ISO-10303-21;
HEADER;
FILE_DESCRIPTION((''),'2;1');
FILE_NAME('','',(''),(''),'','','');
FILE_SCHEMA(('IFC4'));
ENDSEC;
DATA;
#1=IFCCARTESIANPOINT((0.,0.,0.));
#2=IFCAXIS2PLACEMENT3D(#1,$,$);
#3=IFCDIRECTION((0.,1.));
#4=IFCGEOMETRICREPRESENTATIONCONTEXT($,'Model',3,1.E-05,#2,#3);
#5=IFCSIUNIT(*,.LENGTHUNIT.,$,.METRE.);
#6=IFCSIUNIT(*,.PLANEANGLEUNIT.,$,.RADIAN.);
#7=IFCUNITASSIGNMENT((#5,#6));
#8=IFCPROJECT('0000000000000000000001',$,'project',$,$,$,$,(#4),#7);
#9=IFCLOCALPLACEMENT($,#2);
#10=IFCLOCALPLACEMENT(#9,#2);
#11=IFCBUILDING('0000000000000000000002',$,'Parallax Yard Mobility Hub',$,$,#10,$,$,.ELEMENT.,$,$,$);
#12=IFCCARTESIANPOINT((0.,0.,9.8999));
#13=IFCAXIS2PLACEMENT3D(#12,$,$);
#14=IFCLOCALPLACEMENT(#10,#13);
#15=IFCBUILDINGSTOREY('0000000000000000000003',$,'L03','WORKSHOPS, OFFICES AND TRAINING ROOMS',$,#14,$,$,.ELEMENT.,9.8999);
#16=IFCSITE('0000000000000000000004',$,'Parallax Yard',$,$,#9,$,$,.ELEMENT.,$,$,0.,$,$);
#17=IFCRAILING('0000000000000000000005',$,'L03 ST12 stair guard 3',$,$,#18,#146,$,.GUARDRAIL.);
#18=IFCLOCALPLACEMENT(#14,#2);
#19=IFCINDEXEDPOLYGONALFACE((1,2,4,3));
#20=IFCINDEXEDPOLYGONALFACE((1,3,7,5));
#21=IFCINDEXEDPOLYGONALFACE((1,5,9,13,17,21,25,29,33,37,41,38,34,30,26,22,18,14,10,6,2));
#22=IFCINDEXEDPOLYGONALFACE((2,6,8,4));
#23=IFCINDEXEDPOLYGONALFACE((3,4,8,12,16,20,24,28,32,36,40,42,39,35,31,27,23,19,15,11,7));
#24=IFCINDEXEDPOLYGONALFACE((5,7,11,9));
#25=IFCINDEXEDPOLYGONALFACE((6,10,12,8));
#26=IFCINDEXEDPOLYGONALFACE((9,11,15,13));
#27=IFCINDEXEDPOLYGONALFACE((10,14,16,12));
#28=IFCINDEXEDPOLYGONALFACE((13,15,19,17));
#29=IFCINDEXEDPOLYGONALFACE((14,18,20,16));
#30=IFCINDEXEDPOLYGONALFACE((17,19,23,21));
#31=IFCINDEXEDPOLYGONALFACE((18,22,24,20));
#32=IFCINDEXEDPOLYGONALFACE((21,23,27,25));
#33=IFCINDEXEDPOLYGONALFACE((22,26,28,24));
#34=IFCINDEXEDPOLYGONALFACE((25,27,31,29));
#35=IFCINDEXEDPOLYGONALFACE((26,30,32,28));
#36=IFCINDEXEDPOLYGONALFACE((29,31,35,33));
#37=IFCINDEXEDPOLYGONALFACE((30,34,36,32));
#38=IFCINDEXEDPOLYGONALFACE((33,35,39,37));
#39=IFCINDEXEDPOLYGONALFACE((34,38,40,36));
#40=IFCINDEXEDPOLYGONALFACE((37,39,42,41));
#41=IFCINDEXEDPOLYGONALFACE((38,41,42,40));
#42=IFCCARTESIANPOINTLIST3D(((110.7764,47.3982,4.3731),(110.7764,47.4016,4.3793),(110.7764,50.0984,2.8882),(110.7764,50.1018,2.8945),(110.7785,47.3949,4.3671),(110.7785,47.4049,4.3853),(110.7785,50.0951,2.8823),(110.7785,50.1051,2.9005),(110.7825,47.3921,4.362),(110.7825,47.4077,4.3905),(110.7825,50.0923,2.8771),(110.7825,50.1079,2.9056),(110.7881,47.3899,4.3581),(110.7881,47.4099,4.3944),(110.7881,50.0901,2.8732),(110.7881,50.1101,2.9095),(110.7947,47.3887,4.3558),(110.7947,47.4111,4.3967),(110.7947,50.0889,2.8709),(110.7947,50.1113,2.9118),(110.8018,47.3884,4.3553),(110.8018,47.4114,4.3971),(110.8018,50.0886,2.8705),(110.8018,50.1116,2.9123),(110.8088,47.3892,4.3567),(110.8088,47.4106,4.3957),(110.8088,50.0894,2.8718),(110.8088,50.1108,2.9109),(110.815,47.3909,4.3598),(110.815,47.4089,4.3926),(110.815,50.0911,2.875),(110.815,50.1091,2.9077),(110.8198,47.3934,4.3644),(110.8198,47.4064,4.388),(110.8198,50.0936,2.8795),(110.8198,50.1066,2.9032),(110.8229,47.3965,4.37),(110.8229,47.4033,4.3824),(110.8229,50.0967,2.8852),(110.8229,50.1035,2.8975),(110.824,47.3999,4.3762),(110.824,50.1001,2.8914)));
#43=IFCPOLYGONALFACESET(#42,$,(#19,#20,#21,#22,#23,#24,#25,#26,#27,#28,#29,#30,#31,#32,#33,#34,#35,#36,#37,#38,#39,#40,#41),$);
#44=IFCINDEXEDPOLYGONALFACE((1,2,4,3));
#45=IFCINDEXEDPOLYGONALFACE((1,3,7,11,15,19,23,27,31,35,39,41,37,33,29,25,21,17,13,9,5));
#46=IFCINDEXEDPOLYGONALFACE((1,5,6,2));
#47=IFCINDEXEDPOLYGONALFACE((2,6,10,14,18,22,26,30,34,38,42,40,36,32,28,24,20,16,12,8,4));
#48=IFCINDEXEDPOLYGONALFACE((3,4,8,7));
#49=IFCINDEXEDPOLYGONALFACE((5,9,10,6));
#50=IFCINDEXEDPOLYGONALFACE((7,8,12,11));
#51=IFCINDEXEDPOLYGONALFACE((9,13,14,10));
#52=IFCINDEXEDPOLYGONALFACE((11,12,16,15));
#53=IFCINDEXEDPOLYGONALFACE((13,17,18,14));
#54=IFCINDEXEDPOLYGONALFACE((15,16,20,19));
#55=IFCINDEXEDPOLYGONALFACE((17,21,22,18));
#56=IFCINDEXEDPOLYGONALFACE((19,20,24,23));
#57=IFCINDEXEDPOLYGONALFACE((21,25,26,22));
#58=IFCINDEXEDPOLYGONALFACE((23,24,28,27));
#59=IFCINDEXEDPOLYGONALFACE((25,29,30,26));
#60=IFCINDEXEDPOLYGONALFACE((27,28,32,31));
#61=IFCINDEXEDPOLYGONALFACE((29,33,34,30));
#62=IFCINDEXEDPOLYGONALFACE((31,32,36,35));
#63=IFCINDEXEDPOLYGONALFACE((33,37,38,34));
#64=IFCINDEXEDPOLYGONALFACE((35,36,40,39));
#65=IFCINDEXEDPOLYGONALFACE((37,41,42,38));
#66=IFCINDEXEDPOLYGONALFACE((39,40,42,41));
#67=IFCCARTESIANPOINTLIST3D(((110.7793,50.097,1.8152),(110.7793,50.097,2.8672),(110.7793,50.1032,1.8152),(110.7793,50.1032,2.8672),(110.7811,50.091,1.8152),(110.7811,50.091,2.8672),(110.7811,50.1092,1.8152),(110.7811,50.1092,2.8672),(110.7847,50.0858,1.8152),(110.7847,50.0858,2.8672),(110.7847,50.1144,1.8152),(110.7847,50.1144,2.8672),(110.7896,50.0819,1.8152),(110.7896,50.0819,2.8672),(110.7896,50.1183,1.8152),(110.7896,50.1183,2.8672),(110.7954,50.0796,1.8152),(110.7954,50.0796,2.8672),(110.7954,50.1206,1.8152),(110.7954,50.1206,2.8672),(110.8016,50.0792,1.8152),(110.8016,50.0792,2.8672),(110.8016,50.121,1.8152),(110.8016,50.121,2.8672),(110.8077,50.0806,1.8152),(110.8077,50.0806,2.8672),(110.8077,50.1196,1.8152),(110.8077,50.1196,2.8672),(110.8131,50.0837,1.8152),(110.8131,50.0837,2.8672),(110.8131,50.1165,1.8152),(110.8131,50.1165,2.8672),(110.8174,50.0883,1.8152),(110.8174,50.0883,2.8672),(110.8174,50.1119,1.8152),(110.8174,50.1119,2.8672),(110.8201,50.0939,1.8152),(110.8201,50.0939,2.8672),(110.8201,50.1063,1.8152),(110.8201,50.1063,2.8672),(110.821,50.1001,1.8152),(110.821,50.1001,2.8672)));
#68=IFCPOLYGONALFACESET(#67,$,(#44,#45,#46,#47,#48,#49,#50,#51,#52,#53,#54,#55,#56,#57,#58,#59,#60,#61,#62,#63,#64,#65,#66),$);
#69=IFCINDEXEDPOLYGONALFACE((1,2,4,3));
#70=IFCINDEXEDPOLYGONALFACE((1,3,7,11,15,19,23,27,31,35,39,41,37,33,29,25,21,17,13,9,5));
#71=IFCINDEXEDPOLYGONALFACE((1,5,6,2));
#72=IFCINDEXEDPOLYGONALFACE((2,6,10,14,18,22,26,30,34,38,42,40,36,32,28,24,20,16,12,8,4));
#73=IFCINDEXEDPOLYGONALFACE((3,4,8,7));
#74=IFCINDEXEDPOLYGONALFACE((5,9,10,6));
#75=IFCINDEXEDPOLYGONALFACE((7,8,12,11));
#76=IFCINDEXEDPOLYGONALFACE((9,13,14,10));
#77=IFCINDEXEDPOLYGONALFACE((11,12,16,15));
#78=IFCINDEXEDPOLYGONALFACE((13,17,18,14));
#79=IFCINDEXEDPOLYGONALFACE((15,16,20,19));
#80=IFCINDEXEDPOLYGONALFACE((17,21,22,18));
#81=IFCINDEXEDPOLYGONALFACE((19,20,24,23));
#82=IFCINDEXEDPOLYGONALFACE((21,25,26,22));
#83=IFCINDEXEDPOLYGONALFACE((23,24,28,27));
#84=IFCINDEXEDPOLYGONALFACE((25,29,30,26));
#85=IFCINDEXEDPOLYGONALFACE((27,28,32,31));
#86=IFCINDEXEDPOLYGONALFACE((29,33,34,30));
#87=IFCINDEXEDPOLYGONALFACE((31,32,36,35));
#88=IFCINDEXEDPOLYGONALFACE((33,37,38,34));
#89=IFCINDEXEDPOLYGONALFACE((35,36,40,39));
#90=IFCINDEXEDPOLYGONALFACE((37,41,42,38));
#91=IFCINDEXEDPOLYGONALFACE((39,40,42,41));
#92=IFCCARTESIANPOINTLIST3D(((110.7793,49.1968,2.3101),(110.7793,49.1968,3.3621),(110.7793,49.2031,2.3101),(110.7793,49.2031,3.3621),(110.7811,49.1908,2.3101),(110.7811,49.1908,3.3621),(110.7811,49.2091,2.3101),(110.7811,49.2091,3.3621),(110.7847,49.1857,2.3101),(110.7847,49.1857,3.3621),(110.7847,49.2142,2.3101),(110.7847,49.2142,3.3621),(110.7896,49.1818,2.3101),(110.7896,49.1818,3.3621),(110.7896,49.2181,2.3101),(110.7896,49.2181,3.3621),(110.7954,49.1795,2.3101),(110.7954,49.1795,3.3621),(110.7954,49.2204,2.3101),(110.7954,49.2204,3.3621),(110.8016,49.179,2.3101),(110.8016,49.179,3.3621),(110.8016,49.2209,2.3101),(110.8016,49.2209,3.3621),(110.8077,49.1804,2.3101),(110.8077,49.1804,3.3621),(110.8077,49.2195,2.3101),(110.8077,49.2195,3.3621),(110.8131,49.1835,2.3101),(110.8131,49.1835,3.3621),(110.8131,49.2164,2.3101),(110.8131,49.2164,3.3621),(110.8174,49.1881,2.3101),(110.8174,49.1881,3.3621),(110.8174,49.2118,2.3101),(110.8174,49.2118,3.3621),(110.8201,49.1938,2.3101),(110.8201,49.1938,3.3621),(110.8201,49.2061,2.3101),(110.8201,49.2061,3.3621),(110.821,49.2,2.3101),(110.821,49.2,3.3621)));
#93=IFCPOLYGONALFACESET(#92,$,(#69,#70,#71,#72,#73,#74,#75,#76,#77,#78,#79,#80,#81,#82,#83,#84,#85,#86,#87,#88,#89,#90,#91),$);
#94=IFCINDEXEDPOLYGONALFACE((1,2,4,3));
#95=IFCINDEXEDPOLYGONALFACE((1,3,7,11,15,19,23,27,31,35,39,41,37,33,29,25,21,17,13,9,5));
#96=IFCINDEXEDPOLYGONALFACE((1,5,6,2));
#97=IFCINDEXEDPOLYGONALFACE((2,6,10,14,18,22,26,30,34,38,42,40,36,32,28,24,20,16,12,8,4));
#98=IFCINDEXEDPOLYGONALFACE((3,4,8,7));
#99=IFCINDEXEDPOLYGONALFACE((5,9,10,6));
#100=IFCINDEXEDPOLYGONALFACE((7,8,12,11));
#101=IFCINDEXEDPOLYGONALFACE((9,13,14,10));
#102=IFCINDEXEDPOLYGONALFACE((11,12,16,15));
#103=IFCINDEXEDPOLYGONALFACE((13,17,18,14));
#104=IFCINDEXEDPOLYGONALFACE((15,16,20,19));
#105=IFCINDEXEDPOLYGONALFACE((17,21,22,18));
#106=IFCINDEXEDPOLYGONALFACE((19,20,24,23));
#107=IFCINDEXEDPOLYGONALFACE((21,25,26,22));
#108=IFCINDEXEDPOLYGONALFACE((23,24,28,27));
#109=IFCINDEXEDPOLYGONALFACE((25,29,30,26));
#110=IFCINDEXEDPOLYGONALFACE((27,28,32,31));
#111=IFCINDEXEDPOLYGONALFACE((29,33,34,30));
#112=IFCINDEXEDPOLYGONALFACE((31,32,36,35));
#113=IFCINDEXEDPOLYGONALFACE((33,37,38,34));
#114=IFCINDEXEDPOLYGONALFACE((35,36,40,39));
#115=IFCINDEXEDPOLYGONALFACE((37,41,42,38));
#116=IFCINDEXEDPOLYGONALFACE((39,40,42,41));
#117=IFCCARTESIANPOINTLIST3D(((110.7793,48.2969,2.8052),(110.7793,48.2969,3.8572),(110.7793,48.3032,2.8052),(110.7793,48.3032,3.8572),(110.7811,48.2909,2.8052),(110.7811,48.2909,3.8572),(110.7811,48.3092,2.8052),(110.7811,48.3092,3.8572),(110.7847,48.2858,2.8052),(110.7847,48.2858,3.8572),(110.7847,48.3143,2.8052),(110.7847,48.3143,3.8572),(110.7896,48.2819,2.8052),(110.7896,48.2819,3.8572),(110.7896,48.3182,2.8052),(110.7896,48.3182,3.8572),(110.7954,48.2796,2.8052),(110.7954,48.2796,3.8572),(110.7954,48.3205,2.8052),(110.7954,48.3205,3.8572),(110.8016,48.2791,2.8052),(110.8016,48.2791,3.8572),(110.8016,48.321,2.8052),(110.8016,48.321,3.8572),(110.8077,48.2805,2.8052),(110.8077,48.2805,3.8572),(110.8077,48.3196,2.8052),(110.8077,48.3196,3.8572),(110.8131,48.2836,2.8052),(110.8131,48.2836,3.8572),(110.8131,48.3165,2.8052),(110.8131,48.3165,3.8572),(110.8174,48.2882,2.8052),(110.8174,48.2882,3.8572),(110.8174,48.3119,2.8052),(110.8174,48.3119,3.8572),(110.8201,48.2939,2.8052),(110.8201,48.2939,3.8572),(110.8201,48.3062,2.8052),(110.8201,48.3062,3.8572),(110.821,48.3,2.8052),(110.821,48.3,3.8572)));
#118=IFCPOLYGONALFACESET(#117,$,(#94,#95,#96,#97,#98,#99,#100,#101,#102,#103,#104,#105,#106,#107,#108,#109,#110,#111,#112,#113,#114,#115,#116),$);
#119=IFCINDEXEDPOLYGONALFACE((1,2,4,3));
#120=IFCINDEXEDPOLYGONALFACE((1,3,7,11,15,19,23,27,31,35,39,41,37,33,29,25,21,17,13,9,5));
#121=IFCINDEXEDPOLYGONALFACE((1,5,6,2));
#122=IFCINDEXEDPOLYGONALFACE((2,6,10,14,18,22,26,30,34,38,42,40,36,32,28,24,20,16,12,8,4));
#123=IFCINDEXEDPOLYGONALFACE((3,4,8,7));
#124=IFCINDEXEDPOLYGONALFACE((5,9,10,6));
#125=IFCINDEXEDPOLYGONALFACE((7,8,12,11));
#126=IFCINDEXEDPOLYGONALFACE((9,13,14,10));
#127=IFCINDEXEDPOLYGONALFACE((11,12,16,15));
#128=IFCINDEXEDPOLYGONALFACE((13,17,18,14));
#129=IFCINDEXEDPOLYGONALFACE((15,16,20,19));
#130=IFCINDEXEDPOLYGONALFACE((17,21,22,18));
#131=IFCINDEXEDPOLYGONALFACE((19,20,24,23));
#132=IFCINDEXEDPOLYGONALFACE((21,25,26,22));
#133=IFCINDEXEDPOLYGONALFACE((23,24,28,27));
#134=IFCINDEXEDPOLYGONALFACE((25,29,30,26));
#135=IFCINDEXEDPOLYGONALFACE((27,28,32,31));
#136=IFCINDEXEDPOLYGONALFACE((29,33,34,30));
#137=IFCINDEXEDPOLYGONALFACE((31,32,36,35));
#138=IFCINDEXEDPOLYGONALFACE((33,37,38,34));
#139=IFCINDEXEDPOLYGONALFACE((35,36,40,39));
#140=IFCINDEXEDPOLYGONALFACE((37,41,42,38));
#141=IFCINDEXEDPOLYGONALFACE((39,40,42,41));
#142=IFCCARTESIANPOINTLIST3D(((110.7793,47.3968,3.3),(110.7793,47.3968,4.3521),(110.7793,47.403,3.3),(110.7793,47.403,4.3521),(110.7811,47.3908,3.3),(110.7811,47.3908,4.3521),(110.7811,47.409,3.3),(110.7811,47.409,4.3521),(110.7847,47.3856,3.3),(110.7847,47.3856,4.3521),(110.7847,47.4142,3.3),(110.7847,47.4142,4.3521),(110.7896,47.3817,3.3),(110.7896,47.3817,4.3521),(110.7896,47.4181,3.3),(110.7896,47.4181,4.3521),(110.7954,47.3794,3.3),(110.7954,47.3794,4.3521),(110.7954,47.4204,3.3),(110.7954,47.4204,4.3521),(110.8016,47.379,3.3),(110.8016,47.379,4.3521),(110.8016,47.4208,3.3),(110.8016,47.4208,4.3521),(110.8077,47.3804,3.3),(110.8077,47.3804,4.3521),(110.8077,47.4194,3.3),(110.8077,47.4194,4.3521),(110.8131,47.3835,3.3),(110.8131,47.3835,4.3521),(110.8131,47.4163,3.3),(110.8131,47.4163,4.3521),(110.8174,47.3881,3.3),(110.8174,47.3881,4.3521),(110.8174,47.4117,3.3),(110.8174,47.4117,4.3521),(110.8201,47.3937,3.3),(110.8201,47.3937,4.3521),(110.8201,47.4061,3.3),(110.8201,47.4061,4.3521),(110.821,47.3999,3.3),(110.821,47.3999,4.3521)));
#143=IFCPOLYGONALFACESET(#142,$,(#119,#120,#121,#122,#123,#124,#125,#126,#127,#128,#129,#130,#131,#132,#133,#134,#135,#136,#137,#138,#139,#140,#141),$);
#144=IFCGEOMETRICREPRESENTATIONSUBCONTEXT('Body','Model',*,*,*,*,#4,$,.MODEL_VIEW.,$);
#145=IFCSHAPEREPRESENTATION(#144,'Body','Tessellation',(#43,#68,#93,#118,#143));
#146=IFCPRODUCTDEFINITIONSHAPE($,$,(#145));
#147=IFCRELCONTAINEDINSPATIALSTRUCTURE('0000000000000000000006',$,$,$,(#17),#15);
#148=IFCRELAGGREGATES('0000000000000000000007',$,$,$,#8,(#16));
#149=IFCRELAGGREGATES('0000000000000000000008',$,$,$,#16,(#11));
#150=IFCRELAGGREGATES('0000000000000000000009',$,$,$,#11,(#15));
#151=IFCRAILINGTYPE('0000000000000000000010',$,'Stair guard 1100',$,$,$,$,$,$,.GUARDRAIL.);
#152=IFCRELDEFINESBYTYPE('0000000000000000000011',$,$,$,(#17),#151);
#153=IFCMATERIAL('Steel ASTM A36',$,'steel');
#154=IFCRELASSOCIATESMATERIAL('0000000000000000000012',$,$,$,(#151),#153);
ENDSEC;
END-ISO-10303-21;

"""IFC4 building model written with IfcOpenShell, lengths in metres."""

from ifc_helpers import new_model, si_unit, direction, frame, origin, origin_2d, place, context, subcontext, project, spatial, circle, extrude, material, type_object, element, save


model = new_model("IFC4")

# Units and contexts
model_context = context("Model", 3, precision=1e-05, world=origin(), true_north=direction((0.0, 1.0)))
body_context = subcontext(model_context, "Body", "Model", "MODEL_VIEW")
ifc_project = project(units=[si_unit("LENGTHUNIT", "METRE"), si_unit("PLANEANGLEUNIT", "RADIAN")], contexts=[model_context])

# Site, building, storey
site_placement = place(None, origin())
site = spatial("IfcSite", under=ifc_project, at=site_placement, Name="Parallax Yard", CompositionType="ELEMENT", RefElevation=0.0)
building_placement = place(site_placement, origin())
building = spatial("IfcBuilding", under=site, at=building_placement, Name="Parallax Yard Mobility Hub", CompositionType="ELEMENT")
storey_placement = place(building_placement, frame((0.0, 0.0, 9.8999)))
storey = spatial("IfcBuildingStorey", under=building, at=storey_placement, Name="L03", Description="WORKSHOPS, OFFICES AND TRAINING ROOMS", CompositionType="ELEMENT", Elevation=9.8999)

# Railing
ifc_material_1 = material(Name="Steel ASTM A36", Category="steel")
railing_type_1 = type_object("IfcRailingType", Name="Stair guard 1100", PredefinedType="GUARDRAIL", material=ifc_material_1)
railing_1_placement = place(storey_placement, frame((110.8, 50.1001, 1.8152)))
element("IfcRailing", 1, at=railing_1_placement, inside=storey, type_object=railing_type_1, Name="L03 ST12 stair guard 3", PredefinedType="GUARDRAIL", context=body_context, shape_type="SweptSolid", body=[
    extrude(circle(Radius=0.0239, at=origin_2d()), frame((0.0, 0.0, 1.0762), z_axis=(0.0, -0.876249, 0.481858), x_axis=(1.0, 0.0, 0.0)), (0.0, 0.0, 1.0), 3.0815),
    extrude(circle(Radius=0.021, at=origin_2d()), origin(), (0.0, 0.0, 1.0), 1.052),
    extrude(circle(Radius=0.021, at=origin_2d()), frame((0.0, -0.9001, 0.4949)), (0.0, 0.0, 1.0), 1.052),
    extrude(circle(Radius=0.021, at=origin_2d()), frame((0.0, -1.8, 0.99)), (0.0, 0.0, 1.0), 1.052),
    extrude(circle(Radius=0.021, at=origin_2d()), frame((0.0, -2.7002, 1.4849)), (0.0, 0.0, 1.0), 1.052),
])

save(model, "model.ifc")
